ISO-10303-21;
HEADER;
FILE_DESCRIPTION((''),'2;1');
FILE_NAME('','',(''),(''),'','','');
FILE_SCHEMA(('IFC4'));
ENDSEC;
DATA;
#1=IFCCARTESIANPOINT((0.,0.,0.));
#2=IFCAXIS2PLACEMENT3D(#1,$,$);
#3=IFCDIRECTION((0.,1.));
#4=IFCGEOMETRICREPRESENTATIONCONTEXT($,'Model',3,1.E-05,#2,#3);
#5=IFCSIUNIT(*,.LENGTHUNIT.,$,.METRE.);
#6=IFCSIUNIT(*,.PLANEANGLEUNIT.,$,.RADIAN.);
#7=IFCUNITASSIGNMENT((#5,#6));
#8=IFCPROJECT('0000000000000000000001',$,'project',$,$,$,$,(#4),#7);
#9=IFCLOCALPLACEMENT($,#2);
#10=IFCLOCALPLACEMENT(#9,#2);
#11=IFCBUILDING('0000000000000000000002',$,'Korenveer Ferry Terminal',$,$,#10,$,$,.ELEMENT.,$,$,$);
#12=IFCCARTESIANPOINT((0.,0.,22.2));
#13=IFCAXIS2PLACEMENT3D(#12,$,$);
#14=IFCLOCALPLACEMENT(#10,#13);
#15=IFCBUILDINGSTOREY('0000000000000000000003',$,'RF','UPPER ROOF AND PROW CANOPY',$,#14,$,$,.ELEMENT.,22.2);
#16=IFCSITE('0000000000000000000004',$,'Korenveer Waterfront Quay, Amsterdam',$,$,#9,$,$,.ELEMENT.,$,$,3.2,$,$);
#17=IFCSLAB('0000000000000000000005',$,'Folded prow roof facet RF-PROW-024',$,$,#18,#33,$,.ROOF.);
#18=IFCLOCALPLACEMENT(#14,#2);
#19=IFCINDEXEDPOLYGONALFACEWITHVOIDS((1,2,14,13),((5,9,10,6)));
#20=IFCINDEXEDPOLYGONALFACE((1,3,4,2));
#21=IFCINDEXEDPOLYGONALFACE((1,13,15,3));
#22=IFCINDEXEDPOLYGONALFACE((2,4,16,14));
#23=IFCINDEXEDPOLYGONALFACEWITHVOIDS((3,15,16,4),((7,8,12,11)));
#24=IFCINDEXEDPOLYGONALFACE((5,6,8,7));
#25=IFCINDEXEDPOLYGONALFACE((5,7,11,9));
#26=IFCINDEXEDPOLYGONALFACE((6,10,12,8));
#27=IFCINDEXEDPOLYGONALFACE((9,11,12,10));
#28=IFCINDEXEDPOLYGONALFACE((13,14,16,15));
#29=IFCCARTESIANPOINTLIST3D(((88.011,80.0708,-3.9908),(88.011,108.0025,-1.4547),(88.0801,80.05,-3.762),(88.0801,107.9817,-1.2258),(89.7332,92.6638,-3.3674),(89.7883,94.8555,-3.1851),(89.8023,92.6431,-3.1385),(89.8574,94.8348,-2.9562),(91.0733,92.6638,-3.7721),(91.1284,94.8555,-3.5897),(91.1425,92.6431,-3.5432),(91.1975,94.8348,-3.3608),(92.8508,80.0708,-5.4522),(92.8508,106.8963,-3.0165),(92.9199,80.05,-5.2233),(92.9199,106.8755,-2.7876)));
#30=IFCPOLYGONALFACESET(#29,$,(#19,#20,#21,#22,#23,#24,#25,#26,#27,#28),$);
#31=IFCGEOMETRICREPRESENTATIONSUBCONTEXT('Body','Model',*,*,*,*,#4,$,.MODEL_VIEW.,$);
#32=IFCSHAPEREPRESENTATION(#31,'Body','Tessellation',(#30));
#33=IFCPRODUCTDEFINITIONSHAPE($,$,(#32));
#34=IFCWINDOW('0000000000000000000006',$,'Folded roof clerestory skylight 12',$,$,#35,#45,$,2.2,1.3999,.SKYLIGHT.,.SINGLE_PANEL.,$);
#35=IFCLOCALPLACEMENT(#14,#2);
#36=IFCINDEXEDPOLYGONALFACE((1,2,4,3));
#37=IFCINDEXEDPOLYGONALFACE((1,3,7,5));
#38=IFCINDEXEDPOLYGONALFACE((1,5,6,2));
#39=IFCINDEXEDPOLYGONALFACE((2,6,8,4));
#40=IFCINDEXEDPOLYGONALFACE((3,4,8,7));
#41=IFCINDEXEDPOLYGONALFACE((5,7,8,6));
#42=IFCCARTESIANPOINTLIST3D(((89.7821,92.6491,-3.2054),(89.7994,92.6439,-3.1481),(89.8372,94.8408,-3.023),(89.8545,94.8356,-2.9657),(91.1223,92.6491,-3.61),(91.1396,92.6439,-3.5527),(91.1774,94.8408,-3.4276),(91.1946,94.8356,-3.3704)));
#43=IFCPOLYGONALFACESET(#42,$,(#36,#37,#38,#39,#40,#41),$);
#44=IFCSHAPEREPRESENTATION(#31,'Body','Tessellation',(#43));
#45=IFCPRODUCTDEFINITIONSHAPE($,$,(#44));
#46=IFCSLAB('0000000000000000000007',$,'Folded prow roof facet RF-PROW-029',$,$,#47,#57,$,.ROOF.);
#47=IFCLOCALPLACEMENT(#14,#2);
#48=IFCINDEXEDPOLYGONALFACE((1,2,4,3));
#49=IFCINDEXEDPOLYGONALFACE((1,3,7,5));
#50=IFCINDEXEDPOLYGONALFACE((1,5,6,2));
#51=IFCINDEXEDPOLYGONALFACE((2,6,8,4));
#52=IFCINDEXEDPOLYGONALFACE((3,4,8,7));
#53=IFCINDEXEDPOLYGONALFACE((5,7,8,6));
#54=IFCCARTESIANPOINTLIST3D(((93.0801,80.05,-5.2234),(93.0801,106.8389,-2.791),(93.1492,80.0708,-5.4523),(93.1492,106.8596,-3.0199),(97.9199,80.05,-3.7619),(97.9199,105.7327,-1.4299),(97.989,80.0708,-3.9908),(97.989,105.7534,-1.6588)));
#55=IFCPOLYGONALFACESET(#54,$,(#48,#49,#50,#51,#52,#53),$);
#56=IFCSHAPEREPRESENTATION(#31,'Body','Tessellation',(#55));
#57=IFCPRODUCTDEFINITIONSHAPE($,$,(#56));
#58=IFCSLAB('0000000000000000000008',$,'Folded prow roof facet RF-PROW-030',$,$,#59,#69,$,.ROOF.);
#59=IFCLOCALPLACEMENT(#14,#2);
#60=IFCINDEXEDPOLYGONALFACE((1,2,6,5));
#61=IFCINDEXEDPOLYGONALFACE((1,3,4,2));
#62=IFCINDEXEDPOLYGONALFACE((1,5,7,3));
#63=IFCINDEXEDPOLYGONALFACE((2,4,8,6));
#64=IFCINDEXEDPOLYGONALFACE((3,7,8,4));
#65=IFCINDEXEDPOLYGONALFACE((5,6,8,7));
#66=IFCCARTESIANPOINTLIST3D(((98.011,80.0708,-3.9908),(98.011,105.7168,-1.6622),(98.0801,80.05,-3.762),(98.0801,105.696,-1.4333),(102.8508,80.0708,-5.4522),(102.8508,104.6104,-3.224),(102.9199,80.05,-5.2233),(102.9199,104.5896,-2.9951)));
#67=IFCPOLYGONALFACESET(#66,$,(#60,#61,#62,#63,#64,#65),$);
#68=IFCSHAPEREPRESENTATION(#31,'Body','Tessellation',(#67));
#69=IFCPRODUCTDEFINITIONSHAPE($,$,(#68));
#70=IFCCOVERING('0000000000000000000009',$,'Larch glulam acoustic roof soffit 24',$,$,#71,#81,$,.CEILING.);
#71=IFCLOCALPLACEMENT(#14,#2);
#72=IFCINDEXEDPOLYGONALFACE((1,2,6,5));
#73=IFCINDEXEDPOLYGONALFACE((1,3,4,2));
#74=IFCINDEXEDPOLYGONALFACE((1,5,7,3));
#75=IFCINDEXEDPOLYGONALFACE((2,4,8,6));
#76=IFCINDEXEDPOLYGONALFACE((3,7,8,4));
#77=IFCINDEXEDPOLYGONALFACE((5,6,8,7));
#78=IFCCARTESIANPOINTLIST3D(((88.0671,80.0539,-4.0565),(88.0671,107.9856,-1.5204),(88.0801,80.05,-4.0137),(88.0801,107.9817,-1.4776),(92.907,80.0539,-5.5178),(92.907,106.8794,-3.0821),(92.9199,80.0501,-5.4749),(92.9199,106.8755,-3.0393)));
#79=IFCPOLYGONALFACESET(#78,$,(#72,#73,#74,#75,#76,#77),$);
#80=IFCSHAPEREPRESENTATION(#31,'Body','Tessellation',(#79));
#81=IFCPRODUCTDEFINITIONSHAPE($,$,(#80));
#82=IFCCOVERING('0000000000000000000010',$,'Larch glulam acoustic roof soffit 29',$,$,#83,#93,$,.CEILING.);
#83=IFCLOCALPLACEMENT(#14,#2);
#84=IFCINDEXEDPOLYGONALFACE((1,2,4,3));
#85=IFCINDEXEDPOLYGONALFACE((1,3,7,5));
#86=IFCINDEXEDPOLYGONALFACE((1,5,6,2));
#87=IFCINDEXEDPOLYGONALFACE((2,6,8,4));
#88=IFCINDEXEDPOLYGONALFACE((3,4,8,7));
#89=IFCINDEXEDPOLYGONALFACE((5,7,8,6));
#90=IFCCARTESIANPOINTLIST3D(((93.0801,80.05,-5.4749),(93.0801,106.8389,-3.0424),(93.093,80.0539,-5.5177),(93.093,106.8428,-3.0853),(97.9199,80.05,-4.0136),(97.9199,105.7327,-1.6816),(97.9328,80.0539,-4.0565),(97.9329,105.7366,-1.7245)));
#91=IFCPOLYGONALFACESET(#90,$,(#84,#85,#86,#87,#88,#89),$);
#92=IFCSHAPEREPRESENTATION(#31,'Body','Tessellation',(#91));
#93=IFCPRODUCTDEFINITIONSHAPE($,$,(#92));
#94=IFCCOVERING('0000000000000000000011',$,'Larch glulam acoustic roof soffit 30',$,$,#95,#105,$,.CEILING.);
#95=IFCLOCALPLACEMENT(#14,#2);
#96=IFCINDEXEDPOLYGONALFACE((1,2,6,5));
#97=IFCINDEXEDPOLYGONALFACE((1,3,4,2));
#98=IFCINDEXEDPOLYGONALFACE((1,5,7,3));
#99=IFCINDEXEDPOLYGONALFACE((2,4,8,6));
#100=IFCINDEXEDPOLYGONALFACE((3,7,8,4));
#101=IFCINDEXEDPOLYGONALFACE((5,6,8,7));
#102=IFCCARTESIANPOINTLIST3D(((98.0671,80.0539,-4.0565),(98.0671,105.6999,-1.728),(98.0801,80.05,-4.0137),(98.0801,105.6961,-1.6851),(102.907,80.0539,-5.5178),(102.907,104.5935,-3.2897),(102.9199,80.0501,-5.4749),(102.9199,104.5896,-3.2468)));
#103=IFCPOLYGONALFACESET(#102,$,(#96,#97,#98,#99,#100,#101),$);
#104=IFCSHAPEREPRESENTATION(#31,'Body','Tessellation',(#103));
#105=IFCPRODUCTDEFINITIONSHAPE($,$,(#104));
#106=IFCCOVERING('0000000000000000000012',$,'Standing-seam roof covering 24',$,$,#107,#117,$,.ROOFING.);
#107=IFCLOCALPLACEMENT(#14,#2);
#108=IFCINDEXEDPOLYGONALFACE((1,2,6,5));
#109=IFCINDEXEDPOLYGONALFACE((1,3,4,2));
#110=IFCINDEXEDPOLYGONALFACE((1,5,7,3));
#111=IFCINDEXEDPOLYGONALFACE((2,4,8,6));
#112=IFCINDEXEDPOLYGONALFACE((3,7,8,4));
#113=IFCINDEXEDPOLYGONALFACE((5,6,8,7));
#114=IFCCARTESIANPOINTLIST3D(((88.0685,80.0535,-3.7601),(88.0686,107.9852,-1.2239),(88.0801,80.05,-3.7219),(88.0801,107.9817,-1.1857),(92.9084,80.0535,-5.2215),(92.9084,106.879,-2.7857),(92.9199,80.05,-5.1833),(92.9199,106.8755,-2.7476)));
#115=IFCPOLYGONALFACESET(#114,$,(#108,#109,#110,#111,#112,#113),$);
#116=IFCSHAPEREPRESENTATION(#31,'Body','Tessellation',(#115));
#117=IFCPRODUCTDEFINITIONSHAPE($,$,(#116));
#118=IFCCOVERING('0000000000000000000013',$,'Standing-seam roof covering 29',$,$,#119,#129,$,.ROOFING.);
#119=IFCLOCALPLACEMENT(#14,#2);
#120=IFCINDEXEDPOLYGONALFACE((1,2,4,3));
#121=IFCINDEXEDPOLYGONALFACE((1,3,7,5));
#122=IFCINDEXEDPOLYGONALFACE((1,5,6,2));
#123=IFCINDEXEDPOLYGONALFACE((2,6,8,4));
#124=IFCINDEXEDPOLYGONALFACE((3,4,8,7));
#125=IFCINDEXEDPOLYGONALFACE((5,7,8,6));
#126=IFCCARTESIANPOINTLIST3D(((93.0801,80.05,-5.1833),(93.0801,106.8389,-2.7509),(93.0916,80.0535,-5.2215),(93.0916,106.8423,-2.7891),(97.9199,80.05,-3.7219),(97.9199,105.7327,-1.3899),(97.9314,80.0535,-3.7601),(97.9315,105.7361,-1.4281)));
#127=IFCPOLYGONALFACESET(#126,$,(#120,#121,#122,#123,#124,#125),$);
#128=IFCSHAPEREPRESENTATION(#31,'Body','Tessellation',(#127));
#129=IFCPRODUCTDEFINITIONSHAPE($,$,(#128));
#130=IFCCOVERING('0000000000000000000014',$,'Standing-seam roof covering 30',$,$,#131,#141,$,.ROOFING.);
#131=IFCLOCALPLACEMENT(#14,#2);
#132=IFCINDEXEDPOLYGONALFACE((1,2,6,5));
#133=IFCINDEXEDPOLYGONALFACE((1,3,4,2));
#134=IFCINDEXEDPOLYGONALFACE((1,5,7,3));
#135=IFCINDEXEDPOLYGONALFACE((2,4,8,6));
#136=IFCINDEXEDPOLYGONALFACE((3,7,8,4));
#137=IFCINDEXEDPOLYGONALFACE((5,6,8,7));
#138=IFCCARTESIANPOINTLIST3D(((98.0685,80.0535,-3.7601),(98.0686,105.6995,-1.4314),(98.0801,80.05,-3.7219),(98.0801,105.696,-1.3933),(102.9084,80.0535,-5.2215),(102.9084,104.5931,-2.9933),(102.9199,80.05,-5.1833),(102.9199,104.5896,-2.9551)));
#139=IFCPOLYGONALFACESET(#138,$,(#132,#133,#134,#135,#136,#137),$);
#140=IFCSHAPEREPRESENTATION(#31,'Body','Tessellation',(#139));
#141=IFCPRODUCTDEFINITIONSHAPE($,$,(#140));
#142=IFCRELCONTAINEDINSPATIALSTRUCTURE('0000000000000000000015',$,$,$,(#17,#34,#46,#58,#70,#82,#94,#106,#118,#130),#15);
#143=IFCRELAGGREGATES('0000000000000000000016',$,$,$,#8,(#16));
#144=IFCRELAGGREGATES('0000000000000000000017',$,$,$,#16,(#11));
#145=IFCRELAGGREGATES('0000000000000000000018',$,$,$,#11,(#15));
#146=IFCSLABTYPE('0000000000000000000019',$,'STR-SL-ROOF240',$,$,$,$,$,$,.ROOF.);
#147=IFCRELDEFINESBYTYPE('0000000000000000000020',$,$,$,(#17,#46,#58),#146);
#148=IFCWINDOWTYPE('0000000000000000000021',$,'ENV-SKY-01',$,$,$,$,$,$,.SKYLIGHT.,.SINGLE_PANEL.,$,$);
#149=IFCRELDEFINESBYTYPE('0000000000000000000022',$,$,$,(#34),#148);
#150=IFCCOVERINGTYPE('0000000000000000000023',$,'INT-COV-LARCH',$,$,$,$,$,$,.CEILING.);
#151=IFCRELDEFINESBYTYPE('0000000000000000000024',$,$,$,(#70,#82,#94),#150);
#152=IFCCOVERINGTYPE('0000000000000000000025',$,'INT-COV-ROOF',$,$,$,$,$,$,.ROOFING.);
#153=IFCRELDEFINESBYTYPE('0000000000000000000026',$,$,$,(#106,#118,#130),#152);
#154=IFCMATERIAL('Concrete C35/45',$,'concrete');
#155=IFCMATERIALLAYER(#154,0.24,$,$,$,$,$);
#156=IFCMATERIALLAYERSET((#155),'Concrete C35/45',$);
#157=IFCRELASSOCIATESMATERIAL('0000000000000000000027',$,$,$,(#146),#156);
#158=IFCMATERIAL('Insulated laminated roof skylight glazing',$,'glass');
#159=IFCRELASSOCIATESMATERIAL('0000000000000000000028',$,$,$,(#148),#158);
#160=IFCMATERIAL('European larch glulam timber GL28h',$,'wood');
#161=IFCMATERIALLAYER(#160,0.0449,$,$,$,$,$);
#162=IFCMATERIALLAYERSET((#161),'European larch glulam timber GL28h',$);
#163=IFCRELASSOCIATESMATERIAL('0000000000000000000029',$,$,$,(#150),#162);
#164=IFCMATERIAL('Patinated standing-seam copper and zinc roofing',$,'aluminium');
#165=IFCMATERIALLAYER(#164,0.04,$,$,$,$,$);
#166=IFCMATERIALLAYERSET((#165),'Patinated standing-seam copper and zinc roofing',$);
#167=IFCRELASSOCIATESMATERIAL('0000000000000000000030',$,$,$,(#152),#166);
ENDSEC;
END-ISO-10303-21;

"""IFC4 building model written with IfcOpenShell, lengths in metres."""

from ifc_helpers import new_model, si_unit, direction, frame, origin, origin_2d, place, context, subcontext, project, spatial, polyline, rectangle, outline, extrude, material, layer, layer_set, type_object, element, fill, save


model = new_model("IFC4")

# Units and contexts
model_context = context("Model", 3, precision=1e-05, world=origin(), true_north=direction((0.0, 1.0)))
body_context = subcontext(model_context, "Body", "Model", "MODEL_VIEW")
ifc_project = project(units=[si_unit("LENGTHUNIT", "METRE"), si_unit("PLANEANGLEUNIT", "RADIAN")], contexts=[model_context])

# Site, building, storey
site_placement = place(None, origin())
site = spatial("IfcSite", under=ifc_project, at=site_placement, Name="Korenveer Waterfront Quay, Amsterdam", CompositionType="ELEMENT", RefElevation=3.2)
building_placement = place(site_placement, origin())
building = spatial("IfcBuilding", under=site, at=building_placement, Name="Korenveer Ferry Terminal", CompositionType="ELEMENT")
storey_placement = place(building_placement, frame((0.0, 0.0, 22.2)))
storey = spatial("IfcBuildingStorey", under=building, at=storey_placement, Name="RF", Description="UPPER ROOF AND PROW CANOPY", CompositionType="ELEMENT", Elevation=22.2)

# Slab, opening, window
ifc_material_1 = material(Name="Concrete C35/45", Category="concrete")
ifc_layer_1 = layer(ifc_material_1, 0.24)
ifc_layer_set_1 = layer_set([ifc_layer_1], Name="Concrete C35/45")
slab_type = type_object("IfcSlabType", Name="STR-SL-ROOF240", PredefinedType="ROOF", material=ifc_layer_set_1)
slab_1_placement = place(storey_placement, frame((88.0801, 80.05, -3.762), z_axis=(0.287971, -0.086597, 0.953716), x_axis=(0.957312, -0.000001, -0.289057)))
slab_1 = element("IfcSlab", 1, at=slab_1_placement, inside=storey, type_object=slab_type, Name="Folded prow roof facet RF-PROW-024", PredefinedType="ROOF", context=body_context, shape_type="SweptSolid", body=[
    extrude(outline(polyline([(0.0, 0.0), (5.0557, 0.0), (4.3516, 26.9266), (-0.7331, 28.037), (0.0, 0.0)])), origin(), (0.0, 0.0, -1.0), 0.24),
])
opening_placement = place(slab_1_placement, frame((2.1685, 13.7405, 0.01)))
opening = element("IfcOpeningElement", 2, at=opening_placement, cuts=slab_1, PredefinedType="OPENING", context=body_context, shape_type="SweptSolid", body=[
    extrude(rectangle(XDim=1.3999, YDim=2.2, at=origin_2d()), origin(), (0.0, 0.0, -1.0), 0.26),
])
ifc_material_2 = material(Name="Insulated laminated roof skylight glazing", Category="glass")
window_type = type_object("IfcWindowType", Name="ENV-SKY-01", PartitioningType="SINGLE_PANEL", PredefinedType="SKYLIGHT", material=ifc_material_2)
window_placement = place(slab_1_placement, frame((2.1685, 13.7405, -0.01)))
window = element("IfcWindow", 3, at=window_placement, inside=storey, type_object=window_type, Name="Folded roof clerestory skylight 12", OverallHeight=2.2, OverallWidth=1.3999, PartitioningType="SINGLE_PANEL", PredefinedType="SKYLIGHT", context=body_context, shape_type="SweptSolid", body=[
    extrude(rectangle(XDim=1.3999, YDim=2.2, at=origin_2d()), origin(), (0.0, 0.0, -1.0), 0.0601),
])
fill(opening, window)

# Slabs
slab_2_placement = place(storey_placement, frame((93.0801, 80.05, -5.2234), z_axis=(-0.28799, -0.086597, 0.95371), x_axis=(0.957306, -0.000001, 0.289075)))
element("IfcSlab", 4, at=slab_2_placement, inside=storey, type_object=slab_type, Name="Folded prow roof facet RF-PROW-029", PredefinedType="ROOF", context=body_context, shape_type="SweptSolid", body=[
    extrude(outline(polyline([(0.0, 0.0), (5.0557, 0.0), (5.7298, 25.7795), (0.7031, 26.8898), (0.0, 0.0)])), origin(), (0.0, 0.0, -1.0), 0.24),
])
slab_3_placement = place(storey_placement, frame((98.0801, 80.05, -3.762), z_axis=(0.287969, -0.086598, 0.953716), x_axis=(0.957312, -0.000001, -0.289055)))
element("IfcSlab", 5, at=slab_3_placement, inside=storey, type_object=slab_type, Name="Folded prow roof facet RF-PROW-030", PredefinedType="ROOF", context=body_context, shape_type="SweptSolid", body=[
    extrude(outline(polyline([(0.0, 0.0), (5.0557, 0.0), (4.4116, 24.6321), (-0.6731, 25.7427), (0.0, 0.0)])), origin(), (0.0, 0.0, -1.0), 0.24),
])

# Coverings
ifc_material_3 = material(Name="European larch glulam timber GL28h", Category="wood")
ifc_layer_2 = layer(ifc_material_3, 0.0449)
ifc_layer_set_2 = layer_set([ifc_layer_2], Name="European larch glulam timber GL28h")
covering_type_1 = type_object("IfcCoveringType", Name="INT-COV-LARCH", PredefinedType="CEILING", material=ifc_layer_set_2)
covering_1_placement = place(storey_placement, frame((88.0801, 80.05, -4.0137), z_axis=(0.28795, -0.086593, 0.953722), x_axis=(0.957318, 0.000001, -0.289035)))
element("IfcCovering", 6, at=covering_1_placement, inside=storey, type_object=covering_type_1, Name="Larch glulam acoustic roof soffit 24", PredefinedType="CEILING", context=body_context, shape_type="SweptSolid", body=[
    extrude(outline(polyline([(0.0, 0.0), (5.0556, 0.0), (4.3517, 26.9266), (-0.733, 28.037), (0.0, 0.0)])), origin(), (0.0, 0.0, -1.0), 0.0449),
])
covering_2_placement = place(storey_placement, frame((93.0801, 80.05, -5.4749), z_axis=(-0.287946, -0.086598, 0.953723), x_axis=(0.95732, -0.000001, 0.289031)))
element("IfcCovering", 7, at=covering_2_placement, inside=storey, type_object=covering_type_1, Name="Larch glulam acoustic roof soffit 29", PredefinedType="CEILING", context=body_context, shape_type="SweptSolid", body=[
    extrude(outline(polyline([(0.0, 0.0), (5.0556, 0.0), (5.7296, 25.7795), (0.703, 26.8898), (0.0, 0.0)])), origin(), (0.0, 0.0, -1.0), 0.0449),
])
covering_3_placement = place(storey_placement, frame((98.0801, 80.05, -4.0137), z_axis=(0.287948, -0.086594, 0.953723), x_axis=(0.957319, 0.000001, -0.289033)))
element("IfcCovering", 8, at=covering_3_placement, inside=storey, type_object=covering_type_1, Name="Larch glulam acoustic roof soffit 30", PredefinedType="CEILING", context=body_context, shape_type="SweptSolid", body=[
    extrude(outline(polyline([(0.0, 0.0), (5.0556, 0.0), (4.4117, 24.6321), (-0.673, 25.7427), (0.0, 0.0)])), origin(), (0.0, 0.0, -1.0), 0.0449),
])
ifc_material_4 = material(Name="Patinated standing-seam copper and zinc roofing", Category="aluminium")
ifc_layer_3 = layer(ifc_material_4, 0.04)
ifc_layer_set_3 = layer_set([ifc_layer_3], Name="Patinated standing-seam copper and zinc roofing")
covering_type_2 = type_object("IfcCoveringType", Name="INT-COV-ROOF", PredefinedType="ROOFING", material=ifc_layer_set_3)
covering_4_placement = place(storey_placement, frame((88.0801, 80.05, -3.7219), z_axis=(0.287971, -0.086597, 0.953716), x_axis=(0.957312, -0.000001, -0.289057)))
element("IfcCovering", 9, at=covering_4_placement, inside=storey, type_object=covering_type_2, Name="Standing-seam roof covering 24", PredefinedType="ROOFING", context=body_context, shape_type="SweptSolid", body=[
    extrude(outline(polyline([(0.0, 0.0), (5.0557, 0.0), (4.3516, 26.9266), (-0.7331, 28.037), (0.0, 0.0)])), origin(), (0.0, 0.0, -1.0), 0.04),
])
covering_5_placement = place(storey_placement, frame((93.0801, 80.05, -5.1833), z_axis=(-0.28799, -0.086597, 0.95371), x_axis=(0.957306, -0.000001, 0.289075)))
element("IfcCovering", 10, at=covering_5_placement, inside=storey, type_object=covering_type_2, Name="Standing-seam roof covering 29", PredefinedType="ROOFING", context=body_context, shape_type="SweptSolid", body=[
    extrude(outline(polyline([(0.0, 0.0), (5.0557, 0.0), (5.7298, 25.7795), (0.7031, 26.8898), (0.0, 0.0)])), origin(), (0.0, 0.0, -1.0), 0.04),
])
covering_6_placement = place(storey_placement, frame((98.0801, 80.05, -3.7219), z_axis=(0.287969, -0.086598, 0.953716), x_axis=(0.957312, -0.000001, -0.289055)))
element("IfcCovering", 11, at=covering_6_placement, inside=storey, type_object=covering_type_2, Name="Standing-seam roof covering 30", PredefinedType="ROOFING", context=body_context, shape_type="SweptSolid", body=[
    extrude(outline(polyline([(0.0, 0.0), (5.0557, 0.0), (4.4116, 24.6321), (-0.6731, 25.7427), (0.0, 0.0)])), origin(), (0.0, 0.0, -1.0), 0.04),
])

save(model, "model.ifc")
